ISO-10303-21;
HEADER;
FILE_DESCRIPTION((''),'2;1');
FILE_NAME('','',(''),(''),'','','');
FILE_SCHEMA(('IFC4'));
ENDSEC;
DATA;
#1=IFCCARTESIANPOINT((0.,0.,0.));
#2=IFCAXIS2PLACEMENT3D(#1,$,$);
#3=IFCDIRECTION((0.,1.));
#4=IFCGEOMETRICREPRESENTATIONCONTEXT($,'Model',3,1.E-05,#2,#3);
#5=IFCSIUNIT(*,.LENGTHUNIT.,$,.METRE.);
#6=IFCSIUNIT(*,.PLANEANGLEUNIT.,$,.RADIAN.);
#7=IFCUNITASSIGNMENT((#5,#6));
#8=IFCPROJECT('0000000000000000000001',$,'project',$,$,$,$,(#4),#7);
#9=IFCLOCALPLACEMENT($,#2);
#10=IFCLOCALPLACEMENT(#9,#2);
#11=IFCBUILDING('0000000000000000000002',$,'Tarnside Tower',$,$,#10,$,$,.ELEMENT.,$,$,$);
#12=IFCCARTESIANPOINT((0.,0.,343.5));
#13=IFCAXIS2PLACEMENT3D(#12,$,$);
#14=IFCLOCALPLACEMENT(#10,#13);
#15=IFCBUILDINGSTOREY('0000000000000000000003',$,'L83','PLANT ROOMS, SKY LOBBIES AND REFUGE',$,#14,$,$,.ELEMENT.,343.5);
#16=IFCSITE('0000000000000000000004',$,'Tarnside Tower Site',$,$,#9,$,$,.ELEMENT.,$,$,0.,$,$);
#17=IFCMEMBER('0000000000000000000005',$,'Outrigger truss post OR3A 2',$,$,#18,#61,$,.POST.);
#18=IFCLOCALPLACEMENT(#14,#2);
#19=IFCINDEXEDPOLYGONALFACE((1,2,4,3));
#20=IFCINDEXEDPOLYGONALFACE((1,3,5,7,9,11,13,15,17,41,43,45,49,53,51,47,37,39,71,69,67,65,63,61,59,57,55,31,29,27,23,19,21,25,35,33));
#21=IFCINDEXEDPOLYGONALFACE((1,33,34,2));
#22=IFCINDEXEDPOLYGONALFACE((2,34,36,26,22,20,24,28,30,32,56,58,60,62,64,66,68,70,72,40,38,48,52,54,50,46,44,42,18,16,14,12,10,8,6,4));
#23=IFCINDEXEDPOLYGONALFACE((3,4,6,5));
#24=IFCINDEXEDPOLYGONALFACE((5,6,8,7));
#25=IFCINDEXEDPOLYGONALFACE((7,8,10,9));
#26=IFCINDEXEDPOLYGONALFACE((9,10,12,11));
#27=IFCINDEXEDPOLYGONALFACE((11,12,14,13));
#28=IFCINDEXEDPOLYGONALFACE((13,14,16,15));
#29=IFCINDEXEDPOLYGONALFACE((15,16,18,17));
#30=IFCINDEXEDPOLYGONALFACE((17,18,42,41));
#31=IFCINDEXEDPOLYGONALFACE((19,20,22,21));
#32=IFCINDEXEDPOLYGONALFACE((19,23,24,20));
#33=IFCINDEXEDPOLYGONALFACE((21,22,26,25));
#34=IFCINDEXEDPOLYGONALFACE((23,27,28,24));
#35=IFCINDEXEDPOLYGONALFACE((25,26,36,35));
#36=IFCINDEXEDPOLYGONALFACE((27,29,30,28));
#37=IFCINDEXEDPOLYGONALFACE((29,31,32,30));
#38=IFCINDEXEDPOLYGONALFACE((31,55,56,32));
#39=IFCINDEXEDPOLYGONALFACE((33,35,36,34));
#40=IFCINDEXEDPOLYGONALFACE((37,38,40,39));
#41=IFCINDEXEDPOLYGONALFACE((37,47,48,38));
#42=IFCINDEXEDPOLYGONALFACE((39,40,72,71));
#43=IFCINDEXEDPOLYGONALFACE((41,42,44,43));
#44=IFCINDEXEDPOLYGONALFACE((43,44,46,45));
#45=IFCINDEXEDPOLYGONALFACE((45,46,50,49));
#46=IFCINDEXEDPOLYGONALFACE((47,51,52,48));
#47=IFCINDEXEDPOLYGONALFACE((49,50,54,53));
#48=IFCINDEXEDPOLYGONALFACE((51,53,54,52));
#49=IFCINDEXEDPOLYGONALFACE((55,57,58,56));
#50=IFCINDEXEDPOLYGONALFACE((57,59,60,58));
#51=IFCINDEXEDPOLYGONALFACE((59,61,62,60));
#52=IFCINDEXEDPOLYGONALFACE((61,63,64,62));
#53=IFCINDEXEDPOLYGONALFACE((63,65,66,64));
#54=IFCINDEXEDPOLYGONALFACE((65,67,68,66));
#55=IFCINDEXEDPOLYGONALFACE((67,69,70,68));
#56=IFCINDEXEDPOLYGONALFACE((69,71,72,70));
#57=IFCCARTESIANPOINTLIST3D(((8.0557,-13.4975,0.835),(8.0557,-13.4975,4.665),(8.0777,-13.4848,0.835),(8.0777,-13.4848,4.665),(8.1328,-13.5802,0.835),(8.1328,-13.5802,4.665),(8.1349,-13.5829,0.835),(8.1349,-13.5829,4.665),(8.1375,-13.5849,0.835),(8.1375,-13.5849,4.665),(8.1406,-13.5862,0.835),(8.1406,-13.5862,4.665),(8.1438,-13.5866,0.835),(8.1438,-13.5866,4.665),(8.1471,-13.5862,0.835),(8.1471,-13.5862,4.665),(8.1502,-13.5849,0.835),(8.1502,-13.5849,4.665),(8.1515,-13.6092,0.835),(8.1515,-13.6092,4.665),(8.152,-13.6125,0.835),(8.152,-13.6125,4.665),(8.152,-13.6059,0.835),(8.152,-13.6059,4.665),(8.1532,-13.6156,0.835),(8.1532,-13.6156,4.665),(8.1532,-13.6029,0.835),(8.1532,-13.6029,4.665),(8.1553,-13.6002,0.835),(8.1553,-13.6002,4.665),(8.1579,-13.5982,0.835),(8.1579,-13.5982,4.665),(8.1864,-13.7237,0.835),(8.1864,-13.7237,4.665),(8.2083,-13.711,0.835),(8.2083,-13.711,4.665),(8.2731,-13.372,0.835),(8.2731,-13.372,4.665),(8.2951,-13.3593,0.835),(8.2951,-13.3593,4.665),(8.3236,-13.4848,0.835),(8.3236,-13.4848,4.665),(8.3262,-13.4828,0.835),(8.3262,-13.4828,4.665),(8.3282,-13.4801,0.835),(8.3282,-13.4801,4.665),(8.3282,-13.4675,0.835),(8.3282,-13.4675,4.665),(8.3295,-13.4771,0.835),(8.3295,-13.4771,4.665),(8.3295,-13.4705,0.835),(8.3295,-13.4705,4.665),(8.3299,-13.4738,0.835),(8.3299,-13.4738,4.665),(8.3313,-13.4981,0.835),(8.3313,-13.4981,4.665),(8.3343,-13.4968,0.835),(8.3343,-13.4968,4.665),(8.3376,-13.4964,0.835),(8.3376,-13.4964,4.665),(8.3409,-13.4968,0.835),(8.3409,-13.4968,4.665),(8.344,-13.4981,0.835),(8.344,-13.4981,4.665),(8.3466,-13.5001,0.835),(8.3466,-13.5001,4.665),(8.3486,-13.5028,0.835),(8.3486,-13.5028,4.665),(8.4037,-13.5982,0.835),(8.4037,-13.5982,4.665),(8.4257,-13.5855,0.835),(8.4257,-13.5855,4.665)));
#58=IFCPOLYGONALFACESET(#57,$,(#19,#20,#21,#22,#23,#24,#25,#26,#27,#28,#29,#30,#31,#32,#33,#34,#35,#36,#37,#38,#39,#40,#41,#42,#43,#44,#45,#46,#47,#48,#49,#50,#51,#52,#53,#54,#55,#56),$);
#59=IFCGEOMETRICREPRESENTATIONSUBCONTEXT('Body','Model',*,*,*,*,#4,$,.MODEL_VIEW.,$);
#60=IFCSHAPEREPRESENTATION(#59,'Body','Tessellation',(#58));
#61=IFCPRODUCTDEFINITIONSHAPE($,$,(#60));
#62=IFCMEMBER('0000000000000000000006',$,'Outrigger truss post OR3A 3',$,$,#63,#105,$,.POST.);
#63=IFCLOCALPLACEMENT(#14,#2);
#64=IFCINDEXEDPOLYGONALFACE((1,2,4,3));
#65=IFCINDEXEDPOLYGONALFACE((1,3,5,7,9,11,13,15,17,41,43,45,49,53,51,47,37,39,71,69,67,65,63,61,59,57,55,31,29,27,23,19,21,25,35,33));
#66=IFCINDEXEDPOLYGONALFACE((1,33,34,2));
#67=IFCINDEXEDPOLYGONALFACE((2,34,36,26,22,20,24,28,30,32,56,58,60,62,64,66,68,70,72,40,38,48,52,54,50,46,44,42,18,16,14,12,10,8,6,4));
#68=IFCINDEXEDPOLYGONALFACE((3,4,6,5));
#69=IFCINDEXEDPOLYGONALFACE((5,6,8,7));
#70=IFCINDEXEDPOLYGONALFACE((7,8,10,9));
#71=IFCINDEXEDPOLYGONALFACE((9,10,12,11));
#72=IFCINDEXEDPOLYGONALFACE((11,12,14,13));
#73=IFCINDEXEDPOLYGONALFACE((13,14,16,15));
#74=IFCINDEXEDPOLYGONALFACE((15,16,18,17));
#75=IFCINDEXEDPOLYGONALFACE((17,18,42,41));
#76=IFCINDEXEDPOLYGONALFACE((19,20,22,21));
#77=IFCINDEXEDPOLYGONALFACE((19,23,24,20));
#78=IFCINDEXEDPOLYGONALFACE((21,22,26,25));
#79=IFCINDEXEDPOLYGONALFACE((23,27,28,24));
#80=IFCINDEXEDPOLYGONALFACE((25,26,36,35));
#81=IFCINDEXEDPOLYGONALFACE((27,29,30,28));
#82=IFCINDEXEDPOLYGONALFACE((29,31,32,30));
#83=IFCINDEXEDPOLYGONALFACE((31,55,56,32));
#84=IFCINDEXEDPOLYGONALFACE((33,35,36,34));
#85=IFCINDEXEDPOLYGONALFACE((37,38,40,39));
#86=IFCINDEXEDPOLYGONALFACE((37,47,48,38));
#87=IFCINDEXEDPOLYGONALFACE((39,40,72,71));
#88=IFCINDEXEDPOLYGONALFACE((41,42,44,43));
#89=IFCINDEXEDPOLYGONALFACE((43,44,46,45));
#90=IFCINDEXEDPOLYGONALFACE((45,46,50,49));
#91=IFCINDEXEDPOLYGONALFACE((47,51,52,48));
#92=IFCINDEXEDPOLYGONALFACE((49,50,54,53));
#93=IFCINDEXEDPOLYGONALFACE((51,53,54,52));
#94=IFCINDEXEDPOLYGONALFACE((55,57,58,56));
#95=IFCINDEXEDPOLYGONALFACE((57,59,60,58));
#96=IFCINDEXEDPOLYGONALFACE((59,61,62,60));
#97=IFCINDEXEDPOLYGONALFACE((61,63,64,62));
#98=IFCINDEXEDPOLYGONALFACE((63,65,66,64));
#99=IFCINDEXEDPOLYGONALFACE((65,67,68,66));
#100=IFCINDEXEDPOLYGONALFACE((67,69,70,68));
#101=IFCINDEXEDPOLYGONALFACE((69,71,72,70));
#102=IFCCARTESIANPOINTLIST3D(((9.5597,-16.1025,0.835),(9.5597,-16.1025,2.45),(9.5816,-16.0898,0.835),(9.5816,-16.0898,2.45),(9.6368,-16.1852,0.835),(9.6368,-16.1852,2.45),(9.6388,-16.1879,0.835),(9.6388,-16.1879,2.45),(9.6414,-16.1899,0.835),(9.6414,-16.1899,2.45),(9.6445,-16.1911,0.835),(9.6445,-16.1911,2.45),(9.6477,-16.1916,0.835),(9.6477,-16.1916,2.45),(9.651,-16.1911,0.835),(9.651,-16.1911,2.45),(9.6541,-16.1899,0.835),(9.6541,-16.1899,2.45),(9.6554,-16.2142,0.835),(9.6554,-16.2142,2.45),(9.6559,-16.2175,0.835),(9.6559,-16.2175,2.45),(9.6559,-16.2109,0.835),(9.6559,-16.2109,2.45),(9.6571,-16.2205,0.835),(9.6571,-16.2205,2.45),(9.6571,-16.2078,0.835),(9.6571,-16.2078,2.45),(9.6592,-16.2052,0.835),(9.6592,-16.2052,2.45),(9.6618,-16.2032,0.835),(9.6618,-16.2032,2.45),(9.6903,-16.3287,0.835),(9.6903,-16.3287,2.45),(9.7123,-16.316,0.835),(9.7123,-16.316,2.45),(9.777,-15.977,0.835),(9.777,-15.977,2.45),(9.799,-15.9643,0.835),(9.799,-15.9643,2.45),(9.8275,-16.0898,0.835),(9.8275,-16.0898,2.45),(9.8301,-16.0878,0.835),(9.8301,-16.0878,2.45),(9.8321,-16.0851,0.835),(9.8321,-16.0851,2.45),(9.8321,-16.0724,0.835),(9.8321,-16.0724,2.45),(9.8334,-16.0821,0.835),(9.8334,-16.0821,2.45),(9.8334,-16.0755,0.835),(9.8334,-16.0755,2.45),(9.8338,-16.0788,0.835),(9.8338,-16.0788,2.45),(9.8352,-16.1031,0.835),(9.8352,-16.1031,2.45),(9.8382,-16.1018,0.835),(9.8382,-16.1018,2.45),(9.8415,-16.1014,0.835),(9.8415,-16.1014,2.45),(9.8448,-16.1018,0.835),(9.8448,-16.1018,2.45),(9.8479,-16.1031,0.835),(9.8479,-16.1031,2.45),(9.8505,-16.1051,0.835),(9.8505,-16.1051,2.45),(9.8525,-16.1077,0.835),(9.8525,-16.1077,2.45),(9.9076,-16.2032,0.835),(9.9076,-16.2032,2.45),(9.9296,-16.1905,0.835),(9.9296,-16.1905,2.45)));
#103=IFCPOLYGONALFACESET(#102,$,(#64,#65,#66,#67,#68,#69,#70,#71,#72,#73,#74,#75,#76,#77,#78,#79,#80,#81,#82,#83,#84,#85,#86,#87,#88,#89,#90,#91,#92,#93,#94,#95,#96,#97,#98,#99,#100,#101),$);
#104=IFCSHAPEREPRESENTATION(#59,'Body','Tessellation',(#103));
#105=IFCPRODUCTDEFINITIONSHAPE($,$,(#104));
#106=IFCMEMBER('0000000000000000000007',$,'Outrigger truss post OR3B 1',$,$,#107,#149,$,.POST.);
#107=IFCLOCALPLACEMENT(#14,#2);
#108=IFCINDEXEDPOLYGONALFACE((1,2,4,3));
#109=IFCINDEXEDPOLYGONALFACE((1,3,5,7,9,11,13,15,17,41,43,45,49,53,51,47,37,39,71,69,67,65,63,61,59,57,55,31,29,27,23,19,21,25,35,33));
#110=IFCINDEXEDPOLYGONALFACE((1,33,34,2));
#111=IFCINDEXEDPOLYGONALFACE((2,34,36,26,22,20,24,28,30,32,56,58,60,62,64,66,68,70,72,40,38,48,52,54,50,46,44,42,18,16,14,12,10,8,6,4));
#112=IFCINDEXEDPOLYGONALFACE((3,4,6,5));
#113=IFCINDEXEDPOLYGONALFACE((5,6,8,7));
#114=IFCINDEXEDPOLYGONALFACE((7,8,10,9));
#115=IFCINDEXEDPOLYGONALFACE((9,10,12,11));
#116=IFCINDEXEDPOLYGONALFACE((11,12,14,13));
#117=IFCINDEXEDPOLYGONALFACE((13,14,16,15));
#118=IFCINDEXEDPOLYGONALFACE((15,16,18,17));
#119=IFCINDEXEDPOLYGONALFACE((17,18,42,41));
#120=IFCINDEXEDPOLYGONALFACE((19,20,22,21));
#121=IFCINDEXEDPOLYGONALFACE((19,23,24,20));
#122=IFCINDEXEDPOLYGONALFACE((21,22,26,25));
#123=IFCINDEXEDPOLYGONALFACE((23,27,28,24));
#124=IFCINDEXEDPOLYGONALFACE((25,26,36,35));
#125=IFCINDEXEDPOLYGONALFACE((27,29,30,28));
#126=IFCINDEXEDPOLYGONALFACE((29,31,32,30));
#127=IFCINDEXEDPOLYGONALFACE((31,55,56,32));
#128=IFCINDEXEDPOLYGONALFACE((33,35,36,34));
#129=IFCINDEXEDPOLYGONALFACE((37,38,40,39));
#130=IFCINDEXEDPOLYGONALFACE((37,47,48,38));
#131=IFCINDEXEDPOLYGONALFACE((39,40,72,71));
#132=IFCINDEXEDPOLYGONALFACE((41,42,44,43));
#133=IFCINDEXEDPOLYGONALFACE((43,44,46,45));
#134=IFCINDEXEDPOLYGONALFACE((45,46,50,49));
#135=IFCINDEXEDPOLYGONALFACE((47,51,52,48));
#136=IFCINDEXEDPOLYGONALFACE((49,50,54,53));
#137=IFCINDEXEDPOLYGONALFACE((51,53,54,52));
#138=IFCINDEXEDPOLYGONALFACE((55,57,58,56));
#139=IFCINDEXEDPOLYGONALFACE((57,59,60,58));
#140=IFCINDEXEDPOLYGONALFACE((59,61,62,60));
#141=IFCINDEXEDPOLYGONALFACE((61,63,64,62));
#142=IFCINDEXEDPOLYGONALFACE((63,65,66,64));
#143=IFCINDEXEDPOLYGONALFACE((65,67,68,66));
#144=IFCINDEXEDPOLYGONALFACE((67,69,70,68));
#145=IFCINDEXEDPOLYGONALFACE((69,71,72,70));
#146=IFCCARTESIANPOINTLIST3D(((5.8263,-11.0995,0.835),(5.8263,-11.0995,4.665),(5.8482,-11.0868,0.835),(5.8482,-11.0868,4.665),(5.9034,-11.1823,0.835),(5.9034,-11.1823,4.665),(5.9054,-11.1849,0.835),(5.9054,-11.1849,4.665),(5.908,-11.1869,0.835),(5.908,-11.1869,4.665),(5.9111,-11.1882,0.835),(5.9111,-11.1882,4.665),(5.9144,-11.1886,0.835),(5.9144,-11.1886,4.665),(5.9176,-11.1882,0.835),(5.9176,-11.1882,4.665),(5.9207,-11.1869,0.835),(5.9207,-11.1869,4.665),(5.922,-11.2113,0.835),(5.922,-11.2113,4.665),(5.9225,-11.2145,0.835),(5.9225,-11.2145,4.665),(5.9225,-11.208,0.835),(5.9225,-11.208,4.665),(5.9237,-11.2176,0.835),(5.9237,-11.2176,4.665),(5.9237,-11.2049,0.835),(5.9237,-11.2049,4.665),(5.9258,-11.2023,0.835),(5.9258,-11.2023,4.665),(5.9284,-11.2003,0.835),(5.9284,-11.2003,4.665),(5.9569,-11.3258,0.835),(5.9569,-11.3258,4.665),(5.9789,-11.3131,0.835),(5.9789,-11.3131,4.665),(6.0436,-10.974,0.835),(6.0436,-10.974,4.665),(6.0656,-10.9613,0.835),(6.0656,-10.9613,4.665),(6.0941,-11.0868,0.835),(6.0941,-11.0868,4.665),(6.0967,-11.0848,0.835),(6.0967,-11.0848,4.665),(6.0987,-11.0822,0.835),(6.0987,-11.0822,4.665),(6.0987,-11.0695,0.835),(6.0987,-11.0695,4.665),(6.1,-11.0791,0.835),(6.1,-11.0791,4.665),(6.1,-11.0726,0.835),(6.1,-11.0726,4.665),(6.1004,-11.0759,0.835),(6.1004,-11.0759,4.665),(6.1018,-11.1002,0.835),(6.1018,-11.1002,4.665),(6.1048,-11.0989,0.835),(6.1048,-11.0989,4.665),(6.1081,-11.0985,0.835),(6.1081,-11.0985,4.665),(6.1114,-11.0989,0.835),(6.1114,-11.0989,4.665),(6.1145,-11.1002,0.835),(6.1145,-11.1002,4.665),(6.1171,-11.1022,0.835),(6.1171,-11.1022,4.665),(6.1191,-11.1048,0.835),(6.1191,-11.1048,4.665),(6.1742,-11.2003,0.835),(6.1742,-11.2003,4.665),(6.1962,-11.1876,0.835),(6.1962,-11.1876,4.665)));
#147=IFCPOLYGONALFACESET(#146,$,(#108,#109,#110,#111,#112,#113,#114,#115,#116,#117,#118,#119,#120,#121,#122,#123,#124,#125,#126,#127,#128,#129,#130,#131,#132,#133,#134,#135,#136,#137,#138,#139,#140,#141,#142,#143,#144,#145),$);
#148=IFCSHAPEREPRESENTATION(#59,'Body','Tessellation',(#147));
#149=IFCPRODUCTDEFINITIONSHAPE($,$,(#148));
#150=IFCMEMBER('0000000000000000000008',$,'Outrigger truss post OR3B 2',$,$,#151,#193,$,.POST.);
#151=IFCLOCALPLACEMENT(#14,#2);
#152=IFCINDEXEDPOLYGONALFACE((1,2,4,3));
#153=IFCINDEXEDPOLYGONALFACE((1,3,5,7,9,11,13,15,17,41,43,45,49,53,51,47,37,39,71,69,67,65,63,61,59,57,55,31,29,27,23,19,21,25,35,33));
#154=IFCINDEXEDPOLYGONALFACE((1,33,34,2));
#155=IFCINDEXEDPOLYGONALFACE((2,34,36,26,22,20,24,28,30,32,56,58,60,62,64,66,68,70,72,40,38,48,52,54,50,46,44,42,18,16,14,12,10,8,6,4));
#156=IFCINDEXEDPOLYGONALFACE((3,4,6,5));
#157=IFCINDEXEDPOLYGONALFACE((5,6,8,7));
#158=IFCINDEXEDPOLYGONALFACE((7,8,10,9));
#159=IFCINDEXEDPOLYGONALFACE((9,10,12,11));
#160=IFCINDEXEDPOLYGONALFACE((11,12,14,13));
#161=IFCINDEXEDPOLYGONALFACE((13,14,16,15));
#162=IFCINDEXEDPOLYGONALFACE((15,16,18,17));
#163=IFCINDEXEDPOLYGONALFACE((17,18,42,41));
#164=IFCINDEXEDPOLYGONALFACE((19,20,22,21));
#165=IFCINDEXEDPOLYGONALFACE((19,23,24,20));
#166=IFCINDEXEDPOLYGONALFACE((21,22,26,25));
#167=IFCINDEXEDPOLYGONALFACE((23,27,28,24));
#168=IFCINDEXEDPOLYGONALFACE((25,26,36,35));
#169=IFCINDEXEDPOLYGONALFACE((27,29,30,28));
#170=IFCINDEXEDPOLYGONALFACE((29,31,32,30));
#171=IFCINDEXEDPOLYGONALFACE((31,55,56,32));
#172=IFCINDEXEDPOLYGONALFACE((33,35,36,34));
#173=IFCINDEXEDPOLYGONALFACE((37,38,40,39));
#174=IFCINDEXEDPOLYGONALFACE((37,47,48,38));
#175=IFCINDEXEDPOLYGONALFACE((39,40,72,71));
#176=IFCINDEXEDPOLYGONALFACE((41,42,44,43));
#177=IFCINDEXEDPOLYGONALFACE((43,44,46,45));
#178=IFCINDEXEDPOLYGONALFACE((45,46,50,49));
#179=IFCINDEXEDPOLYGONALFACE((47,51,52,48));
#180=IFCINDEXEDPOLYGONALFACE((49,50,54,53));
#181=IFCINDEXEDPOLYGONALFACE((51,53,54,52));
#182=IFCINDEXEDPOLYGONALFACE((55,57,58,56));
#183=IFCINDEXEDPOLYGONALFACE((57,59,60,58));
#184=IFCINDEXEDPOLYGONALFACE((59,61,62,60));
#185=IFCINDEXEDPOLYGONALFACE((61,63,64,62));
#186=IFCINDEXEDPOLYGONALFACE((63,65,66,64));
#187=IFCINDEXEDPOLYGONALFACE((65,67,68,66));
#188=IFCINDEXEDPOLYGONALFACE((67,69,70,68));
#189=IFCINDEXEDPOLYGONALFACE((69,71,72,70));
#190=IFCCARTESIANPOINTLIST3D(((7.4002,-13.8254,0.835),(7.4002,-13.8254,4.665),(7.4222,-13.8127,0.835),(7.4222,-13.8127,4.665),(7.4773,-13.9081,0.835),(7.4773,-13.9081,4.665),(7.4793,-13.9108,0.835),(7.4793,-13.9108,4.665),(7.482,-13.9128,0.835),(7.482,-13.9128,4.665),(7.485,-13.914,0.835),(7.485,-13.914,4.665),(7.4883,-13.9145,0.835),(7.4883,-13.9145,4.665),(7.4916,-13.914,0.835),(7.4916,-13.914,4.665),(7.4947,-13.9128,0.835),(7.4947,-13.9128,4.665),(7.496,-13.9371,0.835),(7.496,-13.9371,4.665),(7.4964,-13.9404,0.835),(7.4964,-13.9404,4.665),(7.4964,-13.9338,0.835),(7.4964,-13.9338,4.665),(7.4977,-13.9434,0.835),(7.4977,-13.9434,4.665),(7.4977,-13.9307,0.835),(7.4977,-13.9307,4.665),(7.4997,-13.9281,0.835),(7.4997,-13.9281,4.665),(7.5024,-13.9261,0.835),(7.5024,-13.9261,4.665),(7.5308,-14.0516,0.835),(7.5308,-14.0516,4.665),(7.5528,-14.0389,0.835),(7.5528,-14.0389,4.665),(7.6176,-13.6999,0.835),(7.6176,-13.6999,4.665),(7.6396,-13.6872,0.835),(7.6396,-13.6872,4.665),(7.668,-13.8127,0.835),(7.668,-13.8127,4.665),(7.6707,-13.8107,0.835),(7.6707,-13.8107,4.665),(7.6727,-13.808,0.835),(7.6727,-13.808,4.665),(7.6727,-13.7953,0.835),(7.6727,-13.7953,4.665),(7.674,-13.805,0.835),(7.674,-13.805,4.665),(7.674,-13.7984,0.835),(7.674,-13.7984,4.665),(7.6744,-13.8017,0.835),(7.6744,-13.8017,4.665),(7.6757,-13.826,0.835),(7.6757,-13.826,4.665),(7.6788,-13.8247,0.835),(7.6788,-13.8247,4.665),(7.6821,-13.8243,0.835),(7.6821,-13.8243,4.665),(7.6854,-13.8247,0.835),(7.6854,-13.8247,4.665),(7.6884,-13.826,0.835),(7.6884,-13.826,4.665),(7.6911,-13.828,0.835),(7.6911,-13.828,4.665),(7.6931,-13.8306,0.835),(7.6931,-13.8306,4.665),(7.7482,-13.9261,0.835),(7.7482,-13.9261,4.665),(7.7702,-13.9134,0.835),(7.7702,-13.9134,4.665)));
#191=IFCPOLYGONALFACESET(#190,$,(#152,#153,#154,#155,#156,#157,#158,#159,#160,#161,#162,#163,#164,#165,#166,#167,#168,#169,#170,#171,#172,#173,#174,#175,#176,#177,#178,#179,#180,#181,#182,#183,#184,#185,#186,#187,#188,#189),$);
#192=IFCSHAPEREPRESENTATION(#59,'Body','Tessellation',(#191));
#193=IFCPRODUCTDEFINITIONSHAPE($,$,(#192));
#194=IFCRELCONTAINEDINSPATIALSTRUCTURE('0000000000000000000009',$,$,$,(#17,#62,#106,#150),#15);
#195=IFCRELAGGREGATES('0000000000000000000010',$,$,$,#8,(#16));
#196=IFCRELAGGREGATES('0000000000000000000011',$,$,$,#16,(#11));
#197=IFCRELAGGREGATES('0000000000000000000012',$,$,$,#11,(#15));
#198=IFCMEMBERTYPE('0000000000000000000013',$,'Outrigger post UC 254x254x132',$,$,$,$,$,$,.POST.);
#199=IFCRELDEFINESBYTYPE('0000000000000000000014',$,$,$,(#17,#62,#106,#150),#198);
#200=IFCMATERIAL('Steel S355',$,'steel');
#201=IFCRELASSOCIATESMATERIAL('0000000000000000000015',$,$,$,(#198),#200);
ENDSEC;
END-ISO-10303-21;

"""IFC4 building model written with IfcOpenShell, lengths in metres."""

from ifc_helpers import new_model, si_unit, direction, frame, origin, origin_2d, place, context, subcontext, project, spatial, i_section, extrude, material, material_profile, profile_set, type_object, element, save


model = new_model("IFC4")

# Units and contexts
model_context = context("Model", 3, precision=1e-05, world=origin(), true_north=direction((0.0, 1.0)))
body_context = subcontext(model_context, "Body", "Model", "MODEL_VIEW")
ifc_project = project(units=[si_unit("LENGTHUNIT", "METRE"), si_unit("PLANEANGLEUNIT", "RADIAN")], contexts=[model_context])

# Site, building, storey
site_placement = place(None, origin())
site = spatial("IfcSite", under=ifc_project, at=site_placement, Name="Tarnside Tower Site", CompositionType="ELEMENT", RefElevation=0.0)
building_placement = place(site_placement, origin())
building = spatial("IfcBuilding", under=site, at=building_placement, Name="Tarnside Tower", CompositionType="ELEMENT")
storey_placement = place(building_placement, frame((0.0, 0.0, 343.5)))
storey = spatial("IfcBuildingStorey", under=building, at=storey_placement, Name="L83", Description="PLANT ROOMS, SKY LOBBIES AND REFUGE", CompositionType="ELEMENT", Elevation=343.5)

# Members
ifc_material = material(Name="Steel S355", Category="steel")
ifc_material_profile_1 = material_profile(ifc_material, i_section(OverallWidth=0.2612, OverallDepth=0.2764, WebThickness=0.0154, FlangeThickness=0.0254, FilletRadius=0.0127, at=origin_2d()), Name="UC 254x254x132")
ifc_profile_set_1 = profile_set([ifc_material_profile_1], Name="Steel S355")
member_type_1 = type_object("IfcMemberType", Name="Outrigger post UC 254x254x132", PredefinedType="POST", material=ifc_profile_set_1)
member_1_placement = place(storey_placement, frame((8.2407, -13.5415, 0.835), z_axis=(0.0, 0.0, 1.0), x_axis=(0.5, -0.866025, 0.0)))
element("IfcMember", 1, at=member_1_placement, inside=storey, type_object=member_type_1, Name="Outrigger truss post OR3A 2", PredefinedType="POST", context=body_context, shape_type="SweptSolid", body=[
    extrude(i_section(OverallWidth=0.2612, OverallDepth=0.2764, WebThickness=0.0154, FlangeThickness=0.0254, FilletRadius=0.0127, at=origin_2d()), origin(), (0.0, 0.0, 1.0), 3.8301),
])
member_2_placement = place(storey_placement, frame((9.7446, -16.1465, 0.835), z_axis=(0.0, 0.0, 1.0), x_axis=(0.5, -0.866025, 0.0)))
element("IfcMember", 2, at=member_2_placement, inside=storey, type_object=member_type_1, Name="Outrigger truss post OR3A 3", PredefinedType="POST", context=body_context, shape_type="SweptSolid", body=[
    extrude(i_section(OverallWidth=0.2612, OverallDepth=0.2764, WebThickness=0.0154, FlangeThickness=0.0254, FilletRadius=0.0127, at=origin_2d()), origin(), (0.0, 0.0, 1.0), 1.615),
])
for number, where, z_axis, x_axis, name in (
    (3, (6.0112, -11.1436, 0.835), (0.0, 0.0, 1.0), (0.5, -0.866025, 0.0), "Outrigger truss post OR3B 1"),
    (4, (7.5852, -13.8694, 0.835), (0.0, 0.0, 1.0), (0.5, -0.866025, 0.0), "Outrigger truss post OR3B 2"),
):
    element("IfcMember", number, at=place(storey_placement, frame(where, z_axis=z_axis, x_axis=x_axis)), inside=storey, type_object=member_type_1, Name=name, PredefinedType="POST", context=body_context, shape_type="SweptSolid", body=[
        extrude(i_section(OverallWidth=0.2612, OverallDepth=0.2764, WebThickness=0.0154, FlangeThickness=0.0254, FilletRadius=0.0127, at=origin_2d()), origin(), (0.0, 0.0, 1.0), 3.8301),
    ])

save(model, "model.ifc")
